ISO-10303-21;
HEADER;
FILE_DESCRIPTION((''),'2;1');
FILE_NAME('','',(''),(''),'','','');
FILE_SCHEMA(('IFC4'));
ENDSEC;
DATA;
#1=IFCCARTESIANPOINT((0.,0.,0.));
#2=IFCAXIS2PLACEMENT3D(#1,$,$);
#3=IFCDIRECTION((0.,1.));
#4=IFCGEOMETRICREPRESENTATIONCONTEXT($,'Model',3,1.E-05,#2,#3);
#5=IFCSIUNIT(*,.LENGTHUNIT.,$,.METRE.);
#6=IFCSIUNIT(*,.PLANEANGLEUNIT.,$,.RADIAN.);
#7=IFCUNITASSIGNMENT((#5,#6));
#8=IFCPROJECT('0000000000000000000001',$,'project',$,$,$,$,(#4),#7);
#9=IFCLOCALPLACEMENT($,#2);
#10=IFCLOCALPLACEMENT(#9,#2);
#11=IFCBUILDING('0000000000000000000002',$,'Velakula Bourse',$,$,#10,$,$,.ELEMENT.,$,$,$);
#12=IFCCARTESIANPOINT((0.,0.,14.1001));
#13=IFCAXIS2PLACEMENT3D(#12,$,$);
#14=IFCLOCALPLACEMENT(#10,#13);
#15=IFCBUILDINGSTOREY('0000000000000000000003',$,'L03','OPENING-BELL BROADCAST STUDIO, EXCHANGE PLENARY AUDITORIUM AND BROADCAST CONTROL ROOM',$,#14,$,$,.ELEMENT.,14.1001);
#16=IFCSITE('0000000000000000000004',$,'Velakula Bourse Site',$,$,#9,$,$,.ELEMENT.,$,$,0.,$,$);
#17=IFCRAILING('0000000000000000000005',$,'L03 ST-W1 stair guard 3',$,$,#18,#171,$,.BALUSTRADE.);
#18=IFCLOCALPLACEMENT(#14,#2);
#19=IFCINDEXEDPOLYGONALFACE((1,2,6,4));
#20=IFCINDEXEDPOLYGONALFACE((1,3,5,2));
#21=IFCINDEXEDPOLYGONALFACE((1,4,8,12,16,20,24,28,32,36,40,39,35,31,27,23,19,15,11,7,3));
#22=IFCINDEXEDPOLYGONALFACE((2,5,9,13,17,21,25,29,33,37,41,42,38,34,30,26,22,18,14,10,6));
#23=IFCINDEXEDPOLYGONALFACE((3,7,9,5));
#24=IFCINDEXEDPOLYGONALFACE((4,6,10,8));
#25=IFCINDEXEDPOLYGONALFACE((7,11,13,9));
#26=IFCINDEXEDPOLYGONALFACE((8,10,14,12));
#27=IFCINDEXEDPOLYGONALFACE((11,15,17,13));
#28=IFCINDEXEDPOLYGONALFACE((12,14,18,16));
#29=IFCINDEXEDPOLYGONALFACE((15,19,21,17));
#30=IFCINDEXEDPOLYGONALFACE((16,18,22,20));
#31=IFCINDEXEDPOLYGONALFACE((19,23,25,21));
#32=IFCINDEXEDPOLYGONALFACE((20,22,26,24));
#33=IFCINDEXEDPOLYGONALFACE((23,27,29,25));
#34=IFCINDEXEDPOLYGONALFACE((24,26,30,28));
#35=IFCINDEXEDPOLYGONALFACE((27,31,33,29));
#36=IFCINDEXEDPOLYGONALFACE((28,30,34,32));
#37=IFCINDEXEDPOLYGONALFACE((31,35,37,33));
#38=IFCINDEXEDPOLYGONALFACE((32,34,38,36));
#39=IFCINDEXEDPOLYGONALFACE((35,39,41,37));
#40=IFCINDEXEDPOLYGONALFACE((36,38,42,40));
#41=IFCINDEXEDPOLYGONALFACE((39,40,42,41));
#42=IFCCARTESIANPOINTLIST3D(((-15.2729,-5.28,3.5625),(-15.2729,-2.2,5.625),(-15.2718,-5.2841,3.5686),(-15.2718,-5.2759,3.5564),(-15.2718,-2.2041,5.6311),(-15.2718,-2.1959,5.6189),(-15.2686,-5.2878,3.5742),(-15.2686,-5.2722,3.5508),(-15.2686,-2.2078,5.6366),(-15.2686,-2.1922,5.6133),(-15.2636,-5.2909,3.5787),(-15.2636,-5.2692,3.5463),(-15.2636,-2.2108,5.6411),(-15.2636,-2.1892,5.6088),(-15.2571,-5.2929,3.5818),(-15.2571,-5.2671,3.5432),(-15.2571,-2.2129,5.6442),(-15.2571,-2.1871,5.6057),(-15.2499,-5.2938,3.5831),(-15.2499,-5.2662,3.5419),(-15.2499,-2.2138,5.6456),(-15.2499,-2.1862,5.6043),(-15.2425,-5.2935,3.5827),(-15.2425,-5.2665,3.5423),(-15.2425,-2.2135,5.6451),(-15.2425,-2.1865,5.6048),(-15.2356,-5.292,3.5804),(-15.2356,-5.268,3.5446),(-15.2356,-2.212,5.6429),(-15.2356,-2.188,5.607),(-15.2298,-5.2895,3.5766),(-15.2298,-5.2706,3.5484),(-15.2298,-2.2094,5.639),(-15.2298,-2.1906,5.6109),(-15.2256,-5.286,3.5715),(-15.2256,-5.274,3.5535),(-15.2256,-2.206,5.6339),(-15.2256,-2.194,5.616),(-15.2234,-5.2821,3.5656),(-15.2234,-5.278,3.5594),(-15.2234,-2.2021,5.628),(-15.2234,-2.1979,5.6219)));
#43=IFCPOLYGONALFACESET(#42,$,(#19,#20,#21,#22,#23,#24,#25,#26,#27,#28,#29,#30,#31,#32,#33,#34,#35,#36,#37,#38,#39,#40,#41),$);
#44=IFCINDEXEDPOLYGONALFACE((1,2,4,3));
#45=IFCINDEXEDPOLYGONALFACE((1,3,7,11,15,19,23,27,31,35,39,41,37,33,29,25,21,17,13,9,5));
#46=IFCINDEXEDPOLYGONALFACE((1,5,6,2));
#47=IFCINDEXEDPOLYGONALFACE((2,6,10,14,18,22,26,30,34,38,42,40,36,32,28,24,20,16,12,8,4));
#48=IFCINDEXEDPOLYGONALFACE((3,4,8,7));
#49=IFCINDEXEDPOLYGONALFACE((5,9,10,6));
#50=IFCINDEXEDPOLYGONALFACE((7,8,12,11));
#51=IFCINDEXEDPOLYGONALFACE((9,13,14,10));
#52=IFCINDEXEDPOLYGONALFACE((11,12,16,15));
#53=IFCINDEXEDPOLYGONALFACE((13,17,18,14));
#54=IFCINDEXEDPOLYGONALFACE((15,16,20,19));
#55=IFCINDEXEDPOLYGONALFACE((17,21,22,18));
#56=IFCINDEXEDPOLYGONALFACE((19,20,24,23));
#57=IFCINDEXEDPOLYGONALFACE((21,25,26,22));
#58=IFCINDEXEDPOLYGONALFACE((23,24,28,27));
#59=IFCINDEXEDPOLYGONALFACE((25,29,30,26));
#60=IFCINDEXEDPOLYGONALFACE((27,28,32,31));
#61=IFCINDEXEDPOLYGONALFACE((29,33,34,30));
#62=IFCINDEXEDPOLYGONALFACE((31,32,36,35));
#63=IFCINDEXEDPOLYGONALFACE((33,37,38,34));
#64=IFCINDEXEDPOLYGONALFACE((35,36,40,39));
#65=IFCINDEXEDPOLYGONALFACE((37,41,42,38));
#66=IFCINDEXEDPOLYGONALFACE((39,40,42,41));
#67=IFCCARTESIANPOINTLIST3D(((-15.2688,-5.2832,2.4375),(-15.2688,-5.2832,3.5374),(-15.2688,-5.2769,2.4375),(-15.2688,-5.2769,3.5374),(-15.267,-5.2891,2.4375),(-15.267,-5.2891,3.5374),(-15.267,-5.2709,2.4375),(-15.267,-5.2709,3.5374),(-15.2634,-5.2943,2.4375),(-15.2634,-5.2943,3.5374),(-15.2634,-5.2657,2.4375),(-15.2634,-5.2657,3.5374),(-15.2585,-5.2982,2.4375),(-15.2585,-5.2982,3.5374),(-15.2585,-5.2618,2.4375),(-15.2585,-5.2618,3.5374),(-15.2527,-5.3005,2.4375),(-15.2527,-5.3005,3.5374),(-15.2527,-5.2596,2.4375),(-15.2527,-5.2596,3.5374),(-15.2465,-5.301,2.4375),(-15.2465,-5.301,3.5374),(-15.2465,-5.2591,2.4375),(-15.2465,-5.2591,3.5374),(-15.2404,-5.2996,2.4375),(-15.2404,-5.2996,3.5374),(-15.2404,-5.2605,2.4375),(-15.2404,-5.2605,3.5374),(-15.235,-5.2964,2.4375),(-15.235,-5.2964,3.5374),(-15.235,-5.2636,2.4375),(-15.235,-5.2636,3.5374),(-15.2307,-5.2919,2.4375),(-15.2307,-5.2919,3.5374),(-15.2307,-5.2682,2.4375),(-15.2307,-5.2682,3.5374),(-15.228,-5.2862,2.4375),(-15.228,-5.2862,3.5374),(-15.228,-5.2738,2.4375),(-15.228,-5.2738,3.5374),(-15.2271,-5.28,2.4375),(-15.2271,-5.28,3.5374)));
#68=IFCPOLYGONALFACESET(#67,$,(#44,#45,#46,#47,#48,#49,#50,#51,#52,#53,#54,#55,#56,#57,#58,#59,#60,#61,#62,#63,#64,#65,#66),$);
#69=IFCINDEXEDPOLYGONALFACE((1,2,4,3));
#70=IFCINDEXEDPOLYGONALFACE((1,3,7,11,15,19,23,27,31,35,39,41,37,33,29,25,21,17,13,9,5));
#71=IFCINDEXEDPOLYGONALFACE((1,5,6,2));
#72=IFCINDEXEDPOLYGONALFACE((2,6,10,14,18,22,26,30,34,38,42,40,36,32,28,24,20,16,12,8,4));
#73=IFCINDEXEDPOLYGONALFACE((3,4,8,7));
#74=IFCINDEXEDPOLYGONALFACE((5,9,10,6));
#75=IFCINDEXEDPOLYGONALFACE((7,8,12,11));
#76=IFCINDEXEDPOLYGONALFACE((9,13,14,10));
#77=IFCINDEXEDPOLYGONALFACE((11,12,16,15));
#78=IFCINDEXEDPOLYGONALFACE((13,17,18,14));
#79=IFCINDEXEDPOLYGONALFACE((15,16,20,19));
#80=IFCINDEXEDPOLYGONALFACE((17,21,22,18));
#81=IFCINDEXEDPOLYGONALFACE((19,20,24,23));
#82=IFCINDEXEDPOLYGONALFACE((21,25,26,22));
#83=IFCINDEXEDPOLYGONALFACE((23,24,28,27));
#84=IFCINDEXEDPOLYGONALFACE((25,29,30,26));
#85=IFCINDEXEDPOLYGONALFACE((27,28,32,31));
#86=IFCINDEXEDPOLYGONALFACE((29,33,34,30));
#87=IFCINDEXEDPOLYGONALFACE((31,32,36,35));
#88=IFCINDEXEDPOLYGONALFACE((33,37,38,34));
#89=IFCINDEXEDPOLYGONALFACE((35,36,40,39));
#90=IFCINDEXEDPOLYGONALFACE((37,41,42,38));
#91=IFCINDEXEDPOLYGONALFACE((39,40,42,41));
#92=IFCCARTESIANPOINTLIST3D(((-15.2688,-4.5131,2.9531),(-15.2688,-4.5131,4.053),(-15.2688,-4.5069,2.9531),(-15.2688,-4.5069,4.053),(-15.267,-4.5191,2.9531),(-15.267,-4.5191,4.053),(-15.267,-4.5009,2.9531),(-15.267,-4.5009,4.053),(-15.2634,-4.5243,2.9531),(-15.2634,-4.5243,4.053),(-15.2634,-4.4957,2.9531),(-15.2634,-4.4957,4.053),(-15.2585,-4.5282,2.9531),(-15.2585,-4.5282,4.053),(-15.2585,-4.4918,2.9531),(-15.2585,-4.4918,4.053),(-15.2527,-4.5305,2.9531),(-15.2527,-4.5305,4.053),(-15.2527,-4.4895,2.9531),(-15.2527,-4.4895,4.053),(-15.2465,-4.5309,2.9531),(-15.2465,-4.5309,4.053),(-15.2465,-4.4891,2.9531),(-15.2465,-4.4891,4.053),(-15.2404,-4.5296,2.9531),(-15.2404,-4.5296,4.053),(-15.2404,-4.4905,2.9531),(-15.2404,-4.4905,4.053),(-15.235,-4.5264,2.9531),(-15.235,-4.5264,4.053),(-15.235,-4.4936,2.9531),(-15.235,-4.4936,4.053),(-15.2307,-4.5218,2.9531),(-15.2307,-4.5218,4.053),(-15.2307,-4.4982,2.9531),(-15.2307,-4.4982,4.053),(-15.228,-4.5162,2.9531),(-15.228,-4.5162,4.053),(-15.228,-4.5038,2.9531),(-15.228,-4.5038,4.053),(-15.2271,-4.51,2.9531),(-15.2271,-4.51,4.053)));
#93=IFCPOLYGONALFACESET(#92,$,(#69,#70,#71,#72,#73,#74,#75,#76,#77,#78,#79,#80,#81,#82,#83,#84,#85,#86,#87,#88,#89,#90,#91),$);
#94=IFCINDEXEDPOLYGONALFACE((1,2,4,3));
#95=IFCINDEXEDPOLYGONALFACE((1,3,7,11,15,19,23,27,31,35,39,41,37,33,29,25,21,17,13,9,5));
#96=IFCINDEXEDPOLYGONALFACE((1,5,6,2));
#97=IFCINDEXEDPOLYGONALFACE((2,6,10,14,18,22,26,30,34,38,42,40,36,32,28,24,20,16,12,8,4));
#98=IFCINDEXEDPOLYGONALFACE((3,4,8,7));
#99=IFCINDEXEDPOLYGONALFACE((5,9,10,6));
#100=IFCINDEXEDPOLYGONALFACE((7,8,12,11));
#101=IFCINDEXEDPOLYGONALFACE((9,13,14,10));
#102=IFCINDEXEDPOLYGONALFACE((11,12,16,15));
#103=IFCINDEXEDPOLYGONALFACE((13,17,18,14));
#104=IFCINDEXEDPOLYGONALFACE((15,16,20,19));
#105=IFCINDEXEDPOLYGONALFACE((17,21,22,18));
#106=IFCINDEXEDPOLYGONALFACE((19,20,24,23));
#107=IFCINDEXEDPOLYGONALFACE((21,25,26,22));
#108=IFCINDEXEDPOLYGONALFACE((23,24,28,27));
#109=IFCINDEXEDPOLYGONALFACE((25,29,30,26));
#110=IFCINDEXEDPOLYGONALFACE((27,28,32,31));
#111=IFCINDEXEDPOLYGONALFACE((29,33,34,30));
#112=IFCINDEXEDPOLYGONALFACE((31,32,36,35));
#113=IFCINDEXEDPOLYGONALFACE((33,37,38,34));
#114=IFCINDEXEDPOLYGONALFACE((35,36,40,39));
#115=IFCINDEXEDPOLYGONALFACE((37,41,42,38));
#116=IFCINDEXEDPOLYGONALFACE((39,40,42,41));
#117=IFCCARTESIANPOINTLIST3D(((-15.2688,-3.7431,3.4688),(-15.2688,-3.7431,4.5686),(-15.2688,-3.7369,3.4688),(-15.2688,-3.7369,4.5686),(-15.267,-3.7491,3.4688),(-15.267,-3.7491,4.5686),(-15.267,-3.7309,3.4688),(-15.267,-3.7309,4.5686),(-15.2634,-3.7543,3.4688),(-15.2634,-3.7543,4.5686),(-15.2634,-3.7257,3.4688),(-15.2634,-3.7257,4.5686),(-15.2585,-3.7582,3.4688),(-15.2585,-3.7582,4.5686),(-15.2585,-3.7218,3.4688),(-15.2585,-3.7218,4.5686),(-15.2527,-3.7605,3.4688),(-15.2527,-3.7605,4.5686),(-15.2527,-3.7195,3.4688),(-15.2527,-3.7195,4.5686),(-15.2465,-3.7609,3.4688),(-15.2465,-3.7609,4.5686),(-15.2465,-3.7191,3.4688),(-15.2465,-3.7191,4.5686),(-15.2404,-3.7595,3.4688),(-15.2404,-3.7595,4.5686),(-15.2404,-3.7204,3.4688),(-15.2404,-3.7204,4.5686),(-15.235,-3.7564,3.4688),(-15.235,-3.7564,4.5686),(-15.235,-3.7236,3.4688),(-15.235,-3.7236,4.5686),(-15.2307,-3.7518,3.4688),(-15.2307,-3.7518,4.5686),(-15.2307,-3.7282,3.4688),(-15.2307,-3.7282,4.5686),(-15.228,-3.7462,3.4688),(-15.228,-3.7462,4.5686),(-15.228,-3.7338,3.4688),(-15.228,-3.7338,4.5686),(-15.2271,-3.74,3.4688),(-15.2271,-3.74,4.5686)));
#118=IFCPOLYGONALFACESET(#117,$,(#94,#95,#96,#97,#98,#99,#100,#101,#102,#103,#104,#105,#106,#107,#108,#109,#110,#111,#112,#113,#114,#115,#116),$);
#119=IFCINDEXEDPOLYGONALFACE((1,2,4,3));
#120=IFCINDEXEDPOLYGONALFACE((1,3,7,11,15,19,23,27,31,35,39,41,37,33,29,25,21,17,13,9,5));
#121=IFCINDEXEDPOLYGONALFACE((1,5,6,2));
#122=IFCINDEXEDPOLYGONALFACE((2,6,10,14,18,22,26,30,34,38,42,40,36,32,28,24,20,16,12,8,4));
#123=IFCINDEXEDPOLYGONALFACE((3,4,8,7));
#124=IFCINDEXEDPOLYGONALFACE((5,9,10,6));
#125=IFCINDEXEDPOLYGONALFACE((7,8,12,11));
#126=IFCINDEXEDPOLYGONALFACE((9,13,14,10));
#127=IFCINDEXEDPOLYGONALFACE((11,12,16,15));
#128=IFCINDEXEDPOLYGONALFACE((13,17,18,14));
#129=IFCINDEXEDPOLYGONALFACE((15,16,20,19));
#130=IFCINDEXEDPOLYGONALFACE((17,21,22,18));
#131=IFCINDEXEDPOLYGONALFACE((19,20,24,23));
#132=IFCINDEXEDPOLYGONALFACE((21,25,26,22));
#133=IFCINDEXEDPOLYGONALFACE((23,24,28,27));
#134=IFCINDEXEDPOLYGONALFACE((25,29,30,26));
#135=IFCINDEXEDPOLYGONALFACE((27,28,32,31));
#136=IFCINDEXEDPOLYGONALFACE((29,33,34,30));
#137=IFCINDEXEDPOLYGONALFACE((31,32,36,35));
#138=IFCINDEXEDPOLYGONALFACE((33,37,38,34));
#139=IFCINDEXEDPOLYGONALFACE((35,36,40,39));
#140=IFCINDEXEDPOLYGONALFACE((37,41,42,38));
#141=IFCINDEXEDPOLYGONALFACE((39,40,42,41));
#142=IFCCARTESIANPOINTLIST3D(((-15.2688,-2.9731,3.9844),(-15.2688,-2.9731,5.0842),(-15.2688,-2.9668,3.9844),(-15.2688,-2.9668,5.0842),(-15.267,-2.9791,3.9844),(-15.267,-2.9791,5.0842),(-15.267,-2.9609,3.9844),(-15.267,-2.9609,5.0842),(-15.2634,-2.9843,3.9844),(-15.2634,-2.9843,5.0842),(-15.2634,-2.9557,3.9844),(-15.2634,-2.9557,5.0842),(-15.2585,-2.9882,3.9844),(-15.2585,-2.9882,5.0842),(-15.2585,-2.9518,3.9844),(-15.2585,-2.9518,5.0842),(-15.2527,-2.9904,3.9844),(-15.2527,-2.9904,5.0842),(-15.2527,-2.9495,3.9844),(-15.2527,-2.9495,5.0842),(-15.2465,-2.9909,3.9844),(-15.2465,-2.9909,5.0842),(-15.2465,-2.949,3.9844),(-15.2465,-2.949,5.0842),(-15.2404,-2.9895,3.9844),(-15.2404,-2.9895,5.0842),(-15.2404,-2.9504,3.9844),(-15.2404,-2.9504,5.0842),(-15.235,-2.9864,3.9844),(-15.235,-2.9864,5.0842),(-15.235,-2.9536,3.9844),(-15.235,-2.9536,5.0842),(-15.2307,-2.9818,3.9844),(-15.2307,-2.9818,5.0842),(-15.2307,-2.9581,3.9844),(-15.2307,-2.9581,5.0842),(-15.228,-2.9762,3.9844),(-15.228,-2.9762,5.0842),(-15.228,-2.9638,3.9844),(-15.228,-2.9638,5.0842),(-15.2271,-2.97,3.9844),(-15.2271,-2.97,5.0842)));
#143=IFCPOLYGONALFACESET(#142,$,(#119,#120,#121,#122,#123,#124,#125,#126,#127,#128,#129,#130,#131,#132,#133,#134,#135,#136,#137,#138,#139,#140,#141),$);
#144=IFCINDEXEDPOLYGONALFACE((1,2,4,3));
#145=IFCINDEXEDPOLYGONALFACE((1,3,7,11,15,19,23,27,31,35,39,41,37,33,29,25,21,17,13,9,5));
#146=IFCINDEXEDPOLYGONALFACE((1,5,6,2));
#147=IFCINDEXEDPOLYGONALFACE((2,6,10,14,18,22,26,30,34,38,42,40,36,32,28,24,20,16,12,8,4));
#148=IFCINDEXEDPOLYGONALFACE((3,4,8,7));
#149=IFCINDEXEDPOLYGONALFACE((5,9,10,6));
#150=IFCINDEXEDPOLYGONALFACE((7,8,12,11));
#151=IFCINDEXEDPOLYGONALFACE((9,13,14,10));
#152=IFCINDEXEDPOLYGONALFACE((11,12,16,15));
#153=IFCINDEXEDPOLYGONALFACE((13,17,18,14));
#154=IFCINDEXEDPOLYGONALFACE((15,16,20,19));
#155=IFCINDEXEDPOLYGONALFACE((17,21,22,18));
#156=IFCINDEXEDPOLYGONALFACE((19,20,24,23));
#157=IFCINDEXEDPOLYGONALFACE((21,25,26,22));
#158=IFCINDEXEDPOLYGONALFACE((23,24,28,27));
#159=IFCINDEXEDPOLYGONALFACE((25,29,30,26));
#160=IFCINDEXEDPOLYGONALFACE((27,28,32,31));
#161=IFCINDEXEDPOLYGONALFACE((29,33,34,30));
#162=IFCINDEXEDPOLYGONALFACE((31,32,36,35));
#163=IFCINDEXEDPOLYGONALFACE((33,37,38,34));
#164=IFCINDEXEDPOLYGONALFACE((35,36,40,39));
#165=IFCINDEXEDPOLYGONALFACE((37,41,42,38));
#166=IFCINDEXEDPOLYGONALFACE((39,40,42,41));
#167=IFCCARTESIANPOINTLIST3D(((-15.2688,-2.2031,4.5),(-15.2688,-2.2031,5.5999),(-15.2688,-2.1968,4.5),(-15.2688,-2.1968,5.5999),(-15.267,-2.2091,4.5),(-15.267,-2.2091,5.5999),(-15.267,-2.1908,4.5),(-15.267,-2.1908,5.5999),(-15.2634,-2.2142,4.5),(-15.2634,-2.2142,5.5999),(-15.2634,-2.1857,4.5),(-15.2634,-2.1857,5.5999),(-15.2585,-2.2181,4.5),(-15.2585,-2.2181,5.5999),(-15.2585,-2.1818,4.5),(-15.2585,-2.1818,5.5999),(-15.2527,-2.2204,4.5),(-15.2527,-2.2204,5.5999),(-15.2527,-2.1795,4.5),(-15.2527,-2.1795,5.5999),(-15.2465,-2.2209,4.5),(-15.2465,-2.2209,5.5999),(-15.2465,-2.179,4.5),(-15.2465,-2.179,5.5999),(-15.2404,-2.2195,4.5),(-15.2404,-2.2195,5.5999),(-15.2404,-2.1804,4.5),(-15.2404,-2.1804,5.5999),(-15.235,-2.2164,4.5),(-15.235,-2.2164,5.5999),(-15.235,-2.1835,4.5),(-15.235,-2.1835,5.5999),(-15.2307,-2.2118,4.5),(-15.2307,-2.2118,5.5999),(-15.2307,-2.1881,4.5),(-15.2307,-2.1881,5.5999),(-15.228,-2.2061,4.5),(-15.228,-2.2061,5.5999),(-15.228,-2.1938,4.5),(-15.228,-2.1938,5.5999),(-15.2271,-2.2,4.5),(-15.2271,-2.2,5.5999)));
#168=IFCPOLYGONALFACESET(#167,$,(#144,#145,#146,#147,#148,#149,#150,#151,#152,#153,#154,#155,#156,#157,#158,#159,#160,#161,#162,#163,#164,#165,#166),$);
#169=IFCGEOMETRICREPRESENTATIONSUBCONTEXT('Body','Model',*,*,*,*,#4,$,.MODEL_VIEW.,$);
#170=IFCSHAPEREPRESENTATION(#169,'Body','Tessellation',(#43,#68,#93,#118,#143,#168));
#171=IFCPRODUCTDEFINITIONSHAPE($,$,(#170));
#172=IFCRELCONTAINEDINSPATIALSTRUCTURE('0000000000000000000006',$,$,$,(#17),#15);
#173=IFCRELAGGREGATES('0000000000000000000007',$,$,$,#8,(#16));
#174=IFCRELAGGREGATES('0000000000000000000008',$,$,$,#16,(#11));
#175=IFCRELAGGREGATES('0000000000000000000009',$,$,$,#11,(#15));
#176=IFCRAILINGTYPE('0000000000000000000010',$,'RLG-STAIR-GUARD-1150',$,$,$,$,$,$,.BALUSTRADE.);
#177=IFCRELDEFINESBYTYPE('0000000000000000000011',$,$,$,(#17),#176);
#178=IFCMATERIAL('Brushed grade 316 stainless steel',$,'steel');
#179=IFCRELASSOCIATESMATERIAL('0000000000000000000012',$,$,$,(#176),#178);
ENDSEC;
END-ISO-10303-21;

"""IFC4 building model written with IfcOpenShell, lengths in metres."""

from ifc_helpers import new_model, si_unit, direction, frame, origin, origin_2d, place, context, subcontext, project, spatial, circle, extrude, material, type_object, element, save


model = new_model("IFC4")

# Units and contexts
model_context = context("Model", 3, precision=1e-05, world=origin(), true_north=direction((0.0, 1.0)))
body_context = subcontext(model_context, "Body", "Model", "MODEL_VIEW")
ifc_project = project(units=[si_unit("LENGTHUNIT", "METRE"), si_unit("PLANEANGLEUNIT", "RADIAN")], contexts=[model_context])

# Site, building, storey
site_placement = place(None, origin())
site = spatial("IfcSite", under=ifc_project, at=site_placement, Name="Velakula Bourse Site", CompositionType="ELEMENT", RefElevation=0.0)
building_placement = place(site_placement, origin())
building = spatial("IfcBuilding", under=site, at=building_placement, Name="Velakula Bourse", CompositionType="ELEMENT")
storey_placement = place(building_placement, frame((0.0, 0.0, 14.1001)))
storey = spatial("IfcBuildingStorey", under=building, at=storey_placement, Name="L03", Description="OPENING-BELL BROADCAST STUDIO, EXCHANGE PLENARY AUDITORIUM AND BROADCAST CONTROL ROOM", CompositionType="ELEMENT", Elevation=14.1001)

# Shared definitions
ifc_material_1 = material(Name="Brushed grade 316 stainless steel", Category="steel")

# Railing
railing_type_1 = type_object("IfcRailingType", Name="RLG-STAIR-GUARD-1150", PredefinedType="BALUSTRADE", material=ifc_material_1)
railing_1_placement = place(storey_placement, frame((-15.248, -5.28, 2.4375)))
element("IfcRailing", 1, at=railing_1_placement, inside=storey, type_object=railing_type_1, Name="L03 ST-W1 stair guard 3", PredefinedType="BALUSTRADE", context=body_context, shape_type="SweptSolid", body=[
    extrude(circle(Radius=0.0249, at=origin_2d()), frame((0.0, 0.0, 1.125), z_axis=(0.0, 0.830914, 0.556401), x_axis=(-1.0, 0.0, 0.0)), (0.0, 0.0, 1.0), 3.7068),
    extrude(circle(Radius=0.021, at=origin_2d()), origin(), (0.0, 0.0, 1.0), 1.0999),
    extrude(circle(Radius=0.021, at=origin_2d()), frame((0.0, 0.77, 0.5156)), (0.0, 0.0, 1.0), 1.0999),
    extrude(circle(Radius=0.021, at=origin_2d()), frame((0.0, 1.54, 1.0312)), (0.0, 0.0, 1.0), 1.0999),
    extrude(circle(Radius=0.021, at=origin_2d()), frame((0.0, 2.3101, 1.5469)), (0.0, 0.0, 1.0), 1.0999),
    extrude(circle(Radius=0.021, at=origin_2d()), frame((0.0, 3.0801, 2.0625)), (0.0, 0.0, 1.0), 1.0999),
])

save(model, "model.ifc")
